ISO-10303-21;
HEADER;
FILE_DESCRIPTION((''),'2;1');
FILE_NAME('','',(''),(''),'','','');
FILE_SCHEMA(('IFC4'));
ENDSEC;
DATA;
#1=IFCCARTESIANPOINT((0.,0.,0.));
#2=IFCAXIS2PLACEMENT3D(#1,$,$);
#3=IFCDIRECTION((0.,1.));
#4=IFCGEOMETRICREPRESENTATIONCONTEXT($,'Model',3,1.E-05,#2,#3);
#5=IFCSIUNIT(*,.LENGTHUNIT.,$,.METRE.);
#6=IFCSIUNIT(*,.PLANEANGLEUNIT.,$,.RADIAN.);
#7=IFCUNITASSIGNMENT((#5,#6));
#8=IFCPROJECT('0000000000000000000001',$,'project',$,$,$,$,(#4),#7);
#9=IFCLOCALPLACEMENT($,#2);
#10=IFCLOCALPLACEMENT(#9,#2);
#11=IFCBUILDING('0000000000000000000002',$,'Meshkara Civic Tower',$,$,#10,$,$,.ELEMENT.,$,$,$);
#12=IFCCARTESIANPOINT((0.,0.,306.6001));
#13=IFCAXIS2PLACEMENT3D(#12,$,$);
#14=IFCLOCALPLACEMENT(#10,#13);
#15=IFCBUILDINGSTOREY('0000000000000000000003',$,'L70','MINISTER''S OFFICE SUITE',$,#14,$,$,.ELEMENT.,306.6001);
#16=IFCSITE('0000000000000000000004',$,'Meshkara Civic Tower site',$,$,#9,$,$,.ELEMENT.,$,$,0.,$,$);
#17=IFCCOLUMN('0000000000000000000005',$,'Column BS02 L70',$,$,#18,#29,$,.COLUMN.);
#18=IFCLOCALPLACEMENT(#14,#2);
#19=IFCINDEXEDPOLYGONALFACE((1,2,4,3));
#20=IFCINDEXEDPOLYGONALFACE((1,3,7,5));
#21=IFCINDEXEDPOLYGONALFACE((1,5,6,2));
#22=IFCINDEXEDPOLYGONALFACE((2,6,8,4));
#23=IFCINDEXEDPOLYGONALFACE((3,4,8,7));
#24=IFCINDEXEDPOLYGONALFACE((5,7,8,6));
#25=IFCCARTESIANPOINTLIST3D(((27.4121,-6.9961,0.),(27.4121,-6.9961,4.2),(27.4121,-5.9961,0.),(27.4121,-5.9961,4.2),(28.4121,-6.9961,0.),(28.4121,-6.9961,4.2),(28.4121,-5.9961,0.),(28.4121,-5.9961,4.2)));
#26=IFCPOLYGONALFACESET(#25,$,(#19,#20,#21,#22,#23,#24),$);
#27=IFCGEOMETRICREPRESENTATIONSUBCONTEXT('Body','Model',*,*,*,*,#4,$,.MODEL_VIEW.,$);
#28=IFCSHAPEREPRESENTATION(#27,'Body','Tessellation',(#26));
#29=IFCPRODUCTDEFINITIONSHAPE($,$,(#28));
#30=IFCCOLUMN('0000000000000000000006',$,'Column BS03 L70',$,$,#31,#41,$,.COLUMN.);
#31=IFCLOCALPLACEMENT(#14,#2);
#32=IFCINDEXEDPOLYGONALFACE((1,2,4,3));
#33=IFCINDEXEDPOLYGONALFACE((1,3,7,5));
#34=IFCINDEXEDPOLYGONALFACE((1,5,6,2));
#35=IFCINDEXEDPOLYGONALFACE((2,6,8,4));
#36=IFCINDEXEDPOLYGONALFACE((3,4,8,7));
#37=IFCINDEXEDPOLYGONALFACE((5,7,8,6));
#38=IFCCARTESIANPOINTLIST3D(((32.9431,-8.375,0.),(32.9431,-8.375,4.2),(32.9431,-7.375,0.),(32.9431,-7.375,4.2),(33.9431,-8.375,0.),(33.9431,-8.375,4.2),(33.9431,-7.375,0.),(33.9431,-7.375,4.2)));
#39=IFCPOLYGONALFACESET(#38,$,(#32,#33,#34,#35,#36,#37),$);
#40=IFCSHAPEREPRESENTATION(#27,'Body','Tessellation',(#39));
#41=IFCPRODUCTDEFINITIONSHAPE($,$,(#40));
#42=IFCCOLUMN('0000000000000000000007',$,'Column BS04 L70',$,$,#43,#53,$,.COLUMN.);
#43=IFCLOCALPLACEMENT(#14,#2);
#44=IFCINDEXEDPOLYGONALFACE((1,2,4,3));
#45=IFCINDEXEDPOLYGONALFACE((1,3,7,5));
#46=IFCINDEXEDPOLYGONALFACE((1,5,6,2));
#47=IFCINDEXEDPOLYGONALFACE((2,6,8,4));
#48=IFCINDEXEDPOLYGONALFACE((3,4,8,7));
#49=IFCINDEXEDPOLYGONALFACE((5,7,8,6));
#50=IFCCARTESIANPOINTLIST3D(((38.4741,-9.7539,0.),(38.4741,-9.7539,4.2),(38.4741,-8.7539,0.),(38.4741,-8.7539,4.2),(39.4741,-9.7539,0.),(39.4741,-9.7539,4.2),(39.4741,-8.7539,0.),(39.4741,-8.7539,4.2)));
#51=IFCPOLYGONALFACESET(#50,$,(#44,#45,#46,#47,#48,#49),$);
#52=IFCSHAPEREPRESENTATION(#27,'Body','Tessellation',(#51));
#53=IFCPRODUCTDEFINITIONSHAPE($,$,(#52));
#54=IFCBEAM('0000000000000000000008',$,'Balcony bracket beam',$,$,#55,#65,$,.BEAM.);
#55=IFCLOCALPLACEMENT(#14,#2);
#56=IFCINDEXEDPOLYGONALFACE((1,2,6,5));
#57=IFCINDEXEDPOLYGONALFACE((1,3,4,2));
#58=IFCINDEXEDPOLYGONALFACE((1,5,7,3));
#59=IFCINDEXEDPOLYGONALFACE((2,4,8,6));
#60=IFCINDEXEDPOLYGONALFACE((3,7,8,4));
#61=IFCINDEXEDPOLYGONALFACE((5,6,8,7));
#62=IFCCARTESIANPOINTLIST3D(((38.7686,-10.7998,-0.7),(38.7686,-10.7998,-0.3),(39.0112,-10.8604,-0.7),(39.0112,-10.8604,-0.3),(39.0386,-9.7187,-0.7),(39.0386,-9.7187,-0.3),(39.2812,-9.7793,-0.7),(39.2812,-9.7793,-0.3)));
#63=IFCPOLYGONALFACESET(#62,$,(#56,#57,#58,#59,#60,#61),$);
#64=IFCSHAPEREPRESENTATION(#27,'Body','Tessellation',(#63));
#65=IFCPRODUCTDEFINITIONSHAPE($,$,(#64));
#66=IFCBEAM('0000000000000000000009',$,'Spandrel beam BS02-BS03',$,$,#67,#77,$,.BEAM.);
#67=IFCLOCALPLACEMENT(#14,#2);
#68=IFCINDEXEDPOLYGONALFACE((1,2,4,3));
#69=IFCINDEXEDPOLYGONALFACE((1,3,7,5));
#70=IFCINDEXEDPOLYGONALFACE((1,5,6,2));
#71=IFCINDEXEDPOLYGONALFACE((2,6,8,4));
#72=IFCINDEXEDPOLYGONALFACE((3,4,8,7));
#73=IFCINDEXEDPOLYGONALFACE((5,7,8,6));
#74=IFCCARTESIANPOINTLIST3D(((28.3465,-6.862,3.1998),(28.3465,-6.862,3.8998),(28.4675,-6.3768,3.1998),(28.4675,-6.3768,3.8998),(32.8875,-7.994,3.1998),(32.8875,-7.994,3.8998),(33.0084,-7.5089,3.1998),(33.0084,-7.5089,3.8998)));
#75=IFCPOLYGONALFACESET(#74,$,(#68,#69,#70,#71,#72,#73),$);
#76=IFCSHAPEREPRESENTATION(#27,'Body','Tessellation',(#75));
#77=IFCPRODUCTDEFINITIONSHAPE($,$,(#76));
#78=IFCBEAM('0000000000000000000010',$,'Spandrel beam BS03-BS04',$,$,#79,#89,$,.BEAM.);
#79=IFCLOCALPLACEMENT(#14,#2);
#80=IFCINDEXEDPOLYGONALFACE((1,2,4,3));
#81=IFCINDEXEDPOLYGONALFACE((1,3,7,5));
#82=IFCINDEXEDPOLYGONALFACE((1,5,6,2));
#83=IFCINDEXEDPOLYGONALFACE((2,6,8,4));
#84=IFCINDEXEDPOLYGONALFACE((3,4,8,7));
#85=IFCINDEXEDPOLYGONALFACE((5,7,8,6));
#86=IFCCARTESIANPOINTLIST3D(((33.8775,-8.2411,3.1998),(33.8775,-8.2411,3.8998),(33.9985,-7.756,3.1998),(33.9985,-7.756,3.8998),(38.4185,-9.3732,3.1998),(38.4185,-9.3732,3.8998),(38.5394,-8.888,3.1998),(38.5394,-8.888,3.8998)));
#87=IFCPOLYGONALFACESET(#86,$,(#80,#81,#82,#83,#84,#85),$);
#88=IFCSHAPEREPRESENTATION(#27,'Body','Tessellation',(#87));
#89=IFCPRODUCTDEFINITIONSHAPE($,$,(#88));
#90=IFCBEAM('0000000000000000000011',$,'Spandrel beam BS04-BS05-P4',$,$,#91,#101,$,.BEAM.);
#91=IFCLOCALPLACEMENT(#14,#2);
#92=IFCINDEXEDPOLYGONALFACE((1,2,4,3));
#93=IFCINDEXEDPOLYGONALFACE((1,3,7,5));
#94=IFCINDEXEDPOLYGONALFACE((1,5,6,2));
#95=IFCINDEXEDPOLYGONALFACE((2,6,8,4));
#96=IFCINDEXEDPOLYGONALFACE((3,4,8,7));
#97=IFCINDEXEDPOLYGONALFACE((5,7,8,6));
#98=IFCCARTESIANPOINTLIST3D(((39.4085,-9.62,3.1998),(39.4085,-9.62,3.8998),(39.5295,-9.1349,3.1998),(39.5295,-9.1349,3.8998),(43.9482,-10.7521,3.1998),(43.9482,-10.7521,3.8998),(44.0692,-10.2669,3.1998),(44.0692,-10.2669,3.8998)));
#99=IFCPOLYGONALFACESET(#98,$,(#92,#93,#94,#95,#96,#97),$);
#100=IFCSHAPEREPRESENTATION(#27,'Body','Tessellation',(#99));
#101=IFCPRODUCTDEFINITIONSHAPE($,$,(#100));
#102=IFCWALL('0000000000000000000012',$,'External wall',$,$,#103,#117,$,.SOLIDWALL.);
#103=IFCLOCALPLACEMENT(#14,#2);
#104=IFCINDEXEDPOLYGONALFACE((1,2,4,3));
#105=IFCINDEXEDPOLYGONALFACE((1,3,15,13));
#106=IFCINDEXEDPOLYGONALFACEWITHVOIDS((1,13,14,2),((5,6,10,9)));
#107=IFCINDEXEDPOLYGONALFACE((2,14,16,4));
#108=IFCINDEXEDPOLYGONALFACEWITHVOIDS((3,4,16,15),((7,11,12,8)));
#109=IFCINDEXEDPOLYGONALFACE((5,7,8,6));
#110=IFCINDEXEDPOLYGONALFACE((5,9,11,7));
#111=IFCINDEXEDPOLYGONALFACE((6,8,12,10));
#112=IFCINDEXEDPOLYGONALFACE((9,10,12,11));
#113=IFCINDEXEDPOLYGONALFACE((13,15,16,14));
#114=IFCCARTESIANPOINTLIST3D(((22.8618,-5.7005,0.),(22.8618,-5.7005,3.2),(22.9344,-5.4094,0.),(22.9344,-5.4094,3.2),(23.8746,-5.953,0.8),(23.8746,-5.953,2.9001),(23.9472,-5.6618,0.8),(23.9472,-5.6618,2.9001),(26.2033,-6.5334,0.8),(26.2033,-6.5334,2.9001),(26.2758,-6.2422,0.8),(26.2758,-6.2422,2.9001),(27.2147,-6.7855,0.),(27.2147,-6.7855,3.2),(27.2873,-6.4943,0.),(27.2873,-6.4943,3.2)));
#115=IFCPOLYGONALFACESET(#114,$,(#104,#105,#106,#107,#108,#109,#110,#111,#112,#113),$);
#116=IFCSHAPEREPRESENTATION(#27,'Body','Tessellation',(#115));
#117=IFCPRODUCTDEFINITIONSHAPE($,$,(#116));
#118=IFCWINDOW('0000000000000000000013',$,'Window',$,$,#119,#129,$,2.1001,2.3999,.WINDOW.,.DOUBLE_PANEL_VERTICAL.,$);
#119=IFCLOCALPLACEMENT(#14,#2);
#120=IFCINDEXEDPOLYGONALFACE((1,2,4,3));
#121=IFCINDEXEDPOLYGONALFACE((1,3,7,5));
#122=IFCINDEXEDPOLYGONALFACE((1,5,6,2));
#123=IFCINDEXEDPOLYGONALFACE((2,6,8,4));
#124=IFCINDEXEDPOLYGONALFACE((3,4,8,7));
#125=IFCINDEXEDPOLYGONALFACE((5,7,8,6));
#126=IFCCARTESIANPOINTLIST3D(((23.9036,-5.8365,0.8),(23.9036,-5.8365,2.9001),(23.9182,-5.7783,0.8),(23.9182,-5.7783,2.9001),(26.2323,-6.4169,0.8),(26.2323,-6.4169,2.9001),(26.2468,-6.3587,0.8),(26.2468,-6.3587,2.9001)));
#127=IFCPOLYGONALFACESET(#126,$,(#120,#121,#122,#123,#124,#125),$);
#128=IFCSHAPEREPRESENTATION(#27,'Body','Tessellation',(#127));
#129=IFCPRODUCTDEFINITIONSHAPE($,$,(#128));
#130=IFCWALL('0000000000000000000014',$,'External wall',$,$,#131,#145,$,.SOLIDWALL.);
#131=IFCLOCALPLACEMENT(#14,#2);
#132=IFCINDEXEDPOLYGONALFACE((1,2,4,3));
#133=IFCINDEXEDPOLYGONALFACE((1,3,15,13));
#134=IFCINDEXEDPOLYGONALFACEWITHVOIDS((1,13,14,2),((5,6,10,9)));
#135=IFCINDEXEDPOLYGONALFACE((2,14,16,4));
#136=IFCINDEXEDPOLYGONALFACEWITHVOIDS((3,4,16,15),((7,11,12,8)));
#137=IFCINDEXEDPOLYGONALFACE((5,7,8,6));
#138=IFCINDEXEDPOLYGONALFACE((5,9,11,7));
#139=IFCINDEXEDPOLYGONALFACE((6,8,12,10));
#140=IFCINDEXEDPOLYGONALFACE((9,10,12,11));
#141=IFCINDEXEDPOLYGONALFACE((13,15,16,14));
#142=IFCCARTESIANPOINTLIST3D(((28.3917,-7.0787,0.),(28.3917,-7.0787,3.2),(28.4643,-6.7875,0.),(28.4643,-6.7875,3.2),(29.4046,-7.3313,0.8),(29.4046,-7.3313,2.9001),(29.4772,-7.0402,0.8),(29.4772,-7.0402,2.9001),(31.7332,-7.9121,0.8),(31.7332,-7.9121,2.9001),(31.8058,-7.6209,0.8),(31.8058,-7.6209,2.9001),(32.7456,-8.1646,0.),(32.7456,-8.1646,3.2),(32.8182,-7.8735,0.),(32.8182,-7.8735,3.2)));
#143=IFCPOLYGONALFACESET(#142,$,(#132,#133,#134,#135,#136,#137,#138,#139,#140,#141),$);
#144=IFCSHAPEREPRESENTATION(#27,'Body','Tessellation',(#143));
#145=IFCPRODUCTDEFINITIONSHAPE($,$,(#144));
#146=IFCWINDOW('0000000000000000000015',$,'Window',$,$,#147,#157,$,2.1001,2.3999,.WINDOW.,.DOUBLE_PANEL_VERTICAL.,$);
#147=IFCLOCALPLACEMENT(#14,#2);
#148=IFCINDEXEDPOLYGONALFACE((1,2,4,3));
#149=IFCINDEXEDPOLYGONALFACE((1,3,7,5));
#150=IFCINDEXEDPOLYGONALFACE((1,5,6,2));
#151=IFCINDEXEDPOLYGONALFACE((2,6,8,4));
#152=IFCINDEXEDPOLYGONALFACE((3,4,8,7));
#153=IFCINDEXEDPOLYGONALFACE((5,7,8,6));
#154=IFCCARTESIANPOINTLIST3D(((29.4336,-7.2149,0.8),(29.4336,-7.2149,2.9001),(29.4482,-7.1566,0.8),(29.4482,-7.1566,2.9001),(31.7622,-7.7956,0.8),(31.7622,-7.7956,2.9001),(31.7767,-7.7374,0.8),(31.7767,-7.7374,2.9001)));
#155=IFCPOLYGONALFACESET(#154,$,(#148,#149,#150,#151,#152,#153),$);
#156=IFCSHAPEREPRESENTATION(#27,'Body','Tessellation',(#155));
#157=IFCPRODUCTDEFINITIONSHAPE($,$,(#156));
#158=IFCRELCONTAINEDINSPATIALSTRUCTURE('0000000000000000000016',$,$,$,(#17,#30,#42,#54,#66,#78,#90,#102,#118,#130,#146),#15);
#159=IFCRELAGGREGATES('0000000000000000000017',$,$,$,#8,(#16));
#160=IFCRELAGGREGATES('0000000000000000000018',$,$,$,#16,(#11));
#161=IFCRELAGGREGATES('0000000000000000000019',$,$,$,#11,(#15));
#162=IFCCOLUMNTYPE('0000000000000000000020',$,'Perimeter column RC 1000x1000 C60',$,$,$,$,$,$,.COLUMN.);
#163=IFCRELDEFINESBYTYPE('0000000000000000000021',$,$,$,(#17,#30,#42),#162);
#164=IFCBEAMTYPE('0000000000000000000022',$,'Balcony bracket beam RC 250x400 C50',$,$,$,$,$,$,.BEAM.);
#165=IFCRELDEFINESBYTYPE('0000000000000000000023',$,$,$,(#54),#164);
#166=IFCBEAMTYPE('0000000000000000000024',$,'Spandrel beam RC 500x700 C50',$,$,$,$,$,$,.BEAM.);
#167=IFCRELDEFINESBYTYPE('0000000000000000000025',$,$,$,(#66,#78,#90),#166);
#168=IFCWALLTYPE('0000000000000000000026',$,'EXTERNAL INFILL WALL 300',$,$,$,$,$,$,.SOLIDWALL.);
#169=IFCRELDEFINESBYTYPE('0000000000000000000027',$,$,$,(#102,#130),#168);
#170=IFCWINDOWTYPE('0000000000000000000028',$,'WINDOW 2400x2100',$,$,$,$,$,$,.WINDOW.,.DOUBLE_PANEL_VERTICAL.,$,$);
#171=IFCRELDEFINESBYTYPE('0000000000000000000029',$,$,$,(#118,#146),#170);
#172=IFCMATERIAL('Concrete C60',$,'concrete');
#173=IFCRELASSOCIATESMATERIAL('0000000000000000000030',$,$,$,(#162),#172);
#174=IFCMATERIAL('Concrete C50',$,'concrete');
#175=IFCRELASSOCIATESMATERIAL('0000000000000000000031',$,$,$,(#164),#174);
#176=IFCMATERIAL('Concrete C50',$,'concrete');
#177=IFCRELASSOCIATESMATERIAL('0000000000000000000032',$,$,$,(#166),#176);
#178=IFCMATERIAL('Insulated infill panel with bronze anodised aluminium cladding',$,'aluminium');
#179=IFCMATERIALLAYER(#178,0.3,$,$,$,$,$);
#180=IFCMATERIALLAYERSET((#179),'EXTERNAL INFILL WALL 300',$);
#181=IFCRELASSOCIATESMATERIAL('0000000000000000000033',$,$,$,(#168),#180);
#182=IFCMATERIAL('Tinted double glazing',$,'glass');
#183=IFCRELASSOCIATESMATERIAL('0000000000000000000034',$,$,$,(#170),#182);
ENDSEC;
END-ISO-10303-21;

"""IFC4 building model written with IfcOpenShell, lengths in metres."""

from ifc_helpers import new_model, si_unit, direction, frame, frame_2d, origin, origin_2d, place, context, subcontext, project, spatial, rectangle, extrude, material, layer, layer_set, material_profile, profile_set, type_object, element, fill, save


model = new_model("IFC4")

# Units and contexts
model_context = context("Model", 3, precision=1e-05, world=origin(), true_north=direction((0.0, 1.0)))
body_context = subcontext(model_context, "Body", "Model", "MODEL_VIEW")
ifc_project = project(units=[si_unit("LENGTHUNIT", "METRE"), si_unit("PLANEANGLEUNIT", "RADIAN")], contexts=[model_context])

# Site, building, storey
site_placement = place(None, origin())
site = spatial("IfcSite", under=ifc_project, at=site_placement, Name="Meshkara Civic Tower site", CompositionType="ELEMENT", RefElevation=0.0)
building_placement = place(site_placement, origin())
building = spatial("IfcBuilding", under=site, at=building_placement, Name="Meshkara Civic Tower", CompositionType="ELEMENT")
storey_placement = place(building_placement, frame((0.0, 0.0, 306.6001)))
storey = spatial("IfcBuildingStorey", under=building, at=storey_placement, Name="L70", Description="MINISTER'S OFFICE SUITE", CompositionType="ELEMENT", Elevation=306.6001)

# Columns
ifc_material_1 = material(Name="Concrete C60", Category="concrete")
ifc_material_profile_1 = material_profile(ifc_material_1, rectangle(XDim=1.0, YDim=1.0, at=origin_2d()))
ifc_profile_set_1 = profile_set([ifc_material_profile_1], Name="Concrete C60")
column_type = type_object("IfcColumnType", Name="Perimeter column RC 1000x1000 C60", PredefinedType="COLUMN", material=ifc_profile_set_1)
for number, where, z_axis, x_axis, name in (
    (1, (27.9121, -6.4961, 0.0), (0.0, 0.0, 1.0), (1.0, 0.0, 0.0), "Column BS02 L70"),
    (2, (33.4431, -7.875, 0.0), (0.0, 0.0, 1.0), (1.0, 0.0, 0.0), "Column BS03 L70"),
    (3, (38.9741, -9.2539, 0.0), (0.0, 0.0, 1.0), (1.0, 0.0, 0.0), "Column BS04 L70"),
):
    element("IfcColumn", number, at=place(storey_placement, frame(where, z_axis=z_axis, x_axis=x_axis)), inside=storey, type_object=column_type, Name=name, PredefinedType="COLUMN", context=body_context, shape_type="SweptSolid", body=[
        extrude(rectangle(XDim=1.0, YDim=1.0, at=origin_2d()), origin(), (0.0, 0.0, 1.0), 4.2),
    ])

# Beams
ifc_material_2 = material(Name="Concrete C50", Category="concrete")
ifc_material_profile_2 = material_profile(ifc_material_2, rectangle(XDim=0.25, YDim=0.3999, at=origin_2d()))
ifc_profile_set_2 = profile_set([ifc_material_profile_2], Name="Concrete C50")
beam_type_1 = type_object("IfcBeamType", Name="Balcony bracket beam RC 250x400 C50", PredefinedType="BEAM", material=ifc_profile_set_2)
beam_1_placement = place(storey_placement, frame((39.1599, -9.749, -0.5), z_axis=(-0.242329, -0.970194, 0.0), x_axis=(0.970194, -0.242329, 0.0)))
element("IfcBeam", 4, at=beam_1_placement, inside=storey, type_object=beam_type_1, Name="Balcony bracket beam", PredefinedType="BEAM", context=body_context, shape_type="SweptSolid", body=[
    extrude(rectangle(XDim=0.25, YDim=0.3999, at=origin_2d()), origin(), (0.0, 0.0, 1.0), 1.1143),
])
ifc_material_3 = material(Name="Concrete C50", Category="concrete")
ifc_material_profile_3 = material_profile(ifc_material_3, rectangle(XDim=0.5, YDim=0.7, at=origin_2d()))
ifc_profile_set_3 = profile_set([ifc_material_profile_3], Name="Concrete C50")
beam_type_2 = type_object("IfcBeamType", Name="Spandrel beam RC 500x700 C50", PredefinedType="BEAM", material=ifc_profile_set_3)
for number, where, z_axis, x_axis, name in (
    (5, (28.407, -6.6194, 3.5498), (0.970302, -0.241897, 0.0), (0.241897, 0.970302, 0.0), "Spandrel beam BS02-BS03"),
    (6, (33.938, -7.9985, 3.5498), (0.970302, -0.241897, 0.0), (0.241897, 0.970302, 0.0), "Spandrel beam BS03-BS04"),
):
    element("IfcBeam", number, at=place(storey_placement, frame(where, z_axis=z_axis, x_axis=x_axis)), inside=storey, type_object=beam_type_2, Name=name, PredefinedType="BEAM", context=body_context, shape_type="SweptSolid", body=[
        extrude(rectangle(XDim=0.5, YDim=0.7, at=origin_2d()), origin(), (0.0, 0.0, 1.0), 4.6799),
    ])
beam_2_placement = place(storey_placement, frame((39.469, -9.3774, 3.5498), z_axis=(0.970287, -0.241959, 0.0), x_axis=(0.241959, 0.970287, 0.0)))
element("IfcBeam", 7, at=beam_2_placement, inside=storey, type_object=beam_type_2, Name="Spandrel beam BS04-BS05-P4", PredefinedType="BEAM", context=body_context, shape_type="SweptSolid", body=[
    extrude(rectangle(XDim=0.5, YDim=0.7, at=origin_2d()), origin(), (0.0, 0.0, 1.0), 4.6787),
])

# Walls, openings, windows
ifc_material_4 = material(Name="Insulated infill panel with bronze anodised aluminium cladding", Category="aluminium")
ifc_layer_1 = layer(ifc_material_4, 0.3)
ifc_layer_set_1 = layer_set([ifc_layer_1], Name="EXTERNAL INFILL WALL 300")
wall_type_1 = type_object("IfcWallType", Name="EXTERNAL INFILL WALL 300", PredefinedType="SOLIDWALL", material=ifc_layer_set_1)
wall_1_placement = place(storey_placement, frame((22.8979, -5.5549, 0.0), z_axis=(0.0, 0.0, 1.0), x_axis=(0.970315, -0.241844, 0.0)))
wall_1 = element("IfcWall", 8, at=wall_1_placement, inside=storey, type_object=wall_type_1, Name="External wall", PredefinedType="SOLIDWALL", context=body_context, shape_type="SweptSolid", body=[
    extrude(rectangle(XDim=4.4861, YDim=0.3, at=frame_2d((2.2432, 0.0))), origin(), (0.0, 0.0, 1.0), 3.2),
])
opening_1_placement = place(wall_1_placement, frame((1.0439, 0.0, 0.8)))
opening_1 = element("IfcOpeningElement", 9, at=opening_1_placement, cuts=wall_1, PredefinedType="OPENING", context=body_context, shape_type="SweptSolid", body=[
    extrude(rectangle(XDim=2.3999, YDim=2.1001, at=frame_2d((1.2, 1.05))), frame((0.0, 0.1599, 0.0), z_axis=(0.0, -1.0, 0.0), x_axis=(1.0, 0.0, 0.0)), (0.0, 0.0, 1.0), 0.3201),
])
ifc_material_5 = material(Name="Tinted double glazing", Category="glass")
window_type = type_object("IfcWindowType", Name="WINDOW 2400x2100", PartitioningType="DOUBLE_PANEL_VERTICAL", PredefinedType="WINDOW", material=ifc_material_5)
window_1_placement = place(opening_1_placement, origin())
window_1 = element("IfcWindow", 10, at=window_1_placement, inside=storey, type_object=window_type, Name="Window", OverallHeight=2.1001, OverallWidth=2.3999, PartitioningType="DOUBLE_PANEL_VERTICAL", PredefinedType="WINDOW", context=body_context, shape_type="SweptSolid", body=[
    extrude(rectangle(XDim=2.3999, YDim=2.1001, at=frame_2d((1.2, 1.05))), frame((0.0, 0.03, 0.0), z_axis=(0.0, -1.0, 0.0), x_axis=(1.0, 0.0, 0.0)), (0.0, 0.0, 1.0), 0.0601),
])
fill(opening_1, window_1)
wall_2_placement = place(storey_placement, frame((28.428, -6.9331, 0.0), z_axis=(0.0, 0.0, 1.0), x_axis=(0.970277, -0.241998, 0.0)))
wall_2 = element("IfcWall", 11, at=wall_2_placement, inside=storey, type_object=wall_type_1, Name="External wall", PredefinedType="SOLIDWALL", context=body_context, shape_type="SweptSolid", body=[
    extrude(rectangle(XDim=4.4873, YDim=0.3, at=frame_2d((2.2437, 0.0))), origin(), (0.0, 0.0, 1.0), 3.2),
])
opening_2_placement = place(wall_2_placement, frame((1.0439, 0.0, 0.8)))
opening_2 = element("IfcOpeningElement", 12, at=opening_2_placement, cuts=wall_2, PredefinedType="OPENING", context=body_context, shape_type="SweptSolid", body=[
    extrude(rectangle(XDim=2.3999, YDim=2.1001, at=frame_2d((1.2, 1.05))), frame((0.0, 0.1599, 0.0), z_axis=(0.0, -1.0, 0.0), x_axis=(1.0, 0.0, 0.0)), (0.0, 0.0, 1.0), 0.3201),
])
window_2_placement = place(opening_2_placement, origin())
window_2 = element("IfcWindow", 13, at=window_2_placement, inside=storey, type_object=window_type, Name="Window", OverallHeight=2.1001, OverallWidth=2.3999, PartitioningType="DOUBLE_PANEL_VERTICAL", PredefinedType="WINDOW", context=body_context, shape_type="SweptSolid", body=[
    extrude(rectangle(XDim=2.3999, YDim=2.1001, at=frame_2d((1.2, 1.05))), frame((0.0, 0.03, 0.0), z_axis=(0.0, -1.0, 0.0), x_axis=(1.0, 0.0, 0.0)), (0.0, 0.0, 1.0), 0.0601),
])
fill(opening_2, window_2)

save(model, "model.ifc")
